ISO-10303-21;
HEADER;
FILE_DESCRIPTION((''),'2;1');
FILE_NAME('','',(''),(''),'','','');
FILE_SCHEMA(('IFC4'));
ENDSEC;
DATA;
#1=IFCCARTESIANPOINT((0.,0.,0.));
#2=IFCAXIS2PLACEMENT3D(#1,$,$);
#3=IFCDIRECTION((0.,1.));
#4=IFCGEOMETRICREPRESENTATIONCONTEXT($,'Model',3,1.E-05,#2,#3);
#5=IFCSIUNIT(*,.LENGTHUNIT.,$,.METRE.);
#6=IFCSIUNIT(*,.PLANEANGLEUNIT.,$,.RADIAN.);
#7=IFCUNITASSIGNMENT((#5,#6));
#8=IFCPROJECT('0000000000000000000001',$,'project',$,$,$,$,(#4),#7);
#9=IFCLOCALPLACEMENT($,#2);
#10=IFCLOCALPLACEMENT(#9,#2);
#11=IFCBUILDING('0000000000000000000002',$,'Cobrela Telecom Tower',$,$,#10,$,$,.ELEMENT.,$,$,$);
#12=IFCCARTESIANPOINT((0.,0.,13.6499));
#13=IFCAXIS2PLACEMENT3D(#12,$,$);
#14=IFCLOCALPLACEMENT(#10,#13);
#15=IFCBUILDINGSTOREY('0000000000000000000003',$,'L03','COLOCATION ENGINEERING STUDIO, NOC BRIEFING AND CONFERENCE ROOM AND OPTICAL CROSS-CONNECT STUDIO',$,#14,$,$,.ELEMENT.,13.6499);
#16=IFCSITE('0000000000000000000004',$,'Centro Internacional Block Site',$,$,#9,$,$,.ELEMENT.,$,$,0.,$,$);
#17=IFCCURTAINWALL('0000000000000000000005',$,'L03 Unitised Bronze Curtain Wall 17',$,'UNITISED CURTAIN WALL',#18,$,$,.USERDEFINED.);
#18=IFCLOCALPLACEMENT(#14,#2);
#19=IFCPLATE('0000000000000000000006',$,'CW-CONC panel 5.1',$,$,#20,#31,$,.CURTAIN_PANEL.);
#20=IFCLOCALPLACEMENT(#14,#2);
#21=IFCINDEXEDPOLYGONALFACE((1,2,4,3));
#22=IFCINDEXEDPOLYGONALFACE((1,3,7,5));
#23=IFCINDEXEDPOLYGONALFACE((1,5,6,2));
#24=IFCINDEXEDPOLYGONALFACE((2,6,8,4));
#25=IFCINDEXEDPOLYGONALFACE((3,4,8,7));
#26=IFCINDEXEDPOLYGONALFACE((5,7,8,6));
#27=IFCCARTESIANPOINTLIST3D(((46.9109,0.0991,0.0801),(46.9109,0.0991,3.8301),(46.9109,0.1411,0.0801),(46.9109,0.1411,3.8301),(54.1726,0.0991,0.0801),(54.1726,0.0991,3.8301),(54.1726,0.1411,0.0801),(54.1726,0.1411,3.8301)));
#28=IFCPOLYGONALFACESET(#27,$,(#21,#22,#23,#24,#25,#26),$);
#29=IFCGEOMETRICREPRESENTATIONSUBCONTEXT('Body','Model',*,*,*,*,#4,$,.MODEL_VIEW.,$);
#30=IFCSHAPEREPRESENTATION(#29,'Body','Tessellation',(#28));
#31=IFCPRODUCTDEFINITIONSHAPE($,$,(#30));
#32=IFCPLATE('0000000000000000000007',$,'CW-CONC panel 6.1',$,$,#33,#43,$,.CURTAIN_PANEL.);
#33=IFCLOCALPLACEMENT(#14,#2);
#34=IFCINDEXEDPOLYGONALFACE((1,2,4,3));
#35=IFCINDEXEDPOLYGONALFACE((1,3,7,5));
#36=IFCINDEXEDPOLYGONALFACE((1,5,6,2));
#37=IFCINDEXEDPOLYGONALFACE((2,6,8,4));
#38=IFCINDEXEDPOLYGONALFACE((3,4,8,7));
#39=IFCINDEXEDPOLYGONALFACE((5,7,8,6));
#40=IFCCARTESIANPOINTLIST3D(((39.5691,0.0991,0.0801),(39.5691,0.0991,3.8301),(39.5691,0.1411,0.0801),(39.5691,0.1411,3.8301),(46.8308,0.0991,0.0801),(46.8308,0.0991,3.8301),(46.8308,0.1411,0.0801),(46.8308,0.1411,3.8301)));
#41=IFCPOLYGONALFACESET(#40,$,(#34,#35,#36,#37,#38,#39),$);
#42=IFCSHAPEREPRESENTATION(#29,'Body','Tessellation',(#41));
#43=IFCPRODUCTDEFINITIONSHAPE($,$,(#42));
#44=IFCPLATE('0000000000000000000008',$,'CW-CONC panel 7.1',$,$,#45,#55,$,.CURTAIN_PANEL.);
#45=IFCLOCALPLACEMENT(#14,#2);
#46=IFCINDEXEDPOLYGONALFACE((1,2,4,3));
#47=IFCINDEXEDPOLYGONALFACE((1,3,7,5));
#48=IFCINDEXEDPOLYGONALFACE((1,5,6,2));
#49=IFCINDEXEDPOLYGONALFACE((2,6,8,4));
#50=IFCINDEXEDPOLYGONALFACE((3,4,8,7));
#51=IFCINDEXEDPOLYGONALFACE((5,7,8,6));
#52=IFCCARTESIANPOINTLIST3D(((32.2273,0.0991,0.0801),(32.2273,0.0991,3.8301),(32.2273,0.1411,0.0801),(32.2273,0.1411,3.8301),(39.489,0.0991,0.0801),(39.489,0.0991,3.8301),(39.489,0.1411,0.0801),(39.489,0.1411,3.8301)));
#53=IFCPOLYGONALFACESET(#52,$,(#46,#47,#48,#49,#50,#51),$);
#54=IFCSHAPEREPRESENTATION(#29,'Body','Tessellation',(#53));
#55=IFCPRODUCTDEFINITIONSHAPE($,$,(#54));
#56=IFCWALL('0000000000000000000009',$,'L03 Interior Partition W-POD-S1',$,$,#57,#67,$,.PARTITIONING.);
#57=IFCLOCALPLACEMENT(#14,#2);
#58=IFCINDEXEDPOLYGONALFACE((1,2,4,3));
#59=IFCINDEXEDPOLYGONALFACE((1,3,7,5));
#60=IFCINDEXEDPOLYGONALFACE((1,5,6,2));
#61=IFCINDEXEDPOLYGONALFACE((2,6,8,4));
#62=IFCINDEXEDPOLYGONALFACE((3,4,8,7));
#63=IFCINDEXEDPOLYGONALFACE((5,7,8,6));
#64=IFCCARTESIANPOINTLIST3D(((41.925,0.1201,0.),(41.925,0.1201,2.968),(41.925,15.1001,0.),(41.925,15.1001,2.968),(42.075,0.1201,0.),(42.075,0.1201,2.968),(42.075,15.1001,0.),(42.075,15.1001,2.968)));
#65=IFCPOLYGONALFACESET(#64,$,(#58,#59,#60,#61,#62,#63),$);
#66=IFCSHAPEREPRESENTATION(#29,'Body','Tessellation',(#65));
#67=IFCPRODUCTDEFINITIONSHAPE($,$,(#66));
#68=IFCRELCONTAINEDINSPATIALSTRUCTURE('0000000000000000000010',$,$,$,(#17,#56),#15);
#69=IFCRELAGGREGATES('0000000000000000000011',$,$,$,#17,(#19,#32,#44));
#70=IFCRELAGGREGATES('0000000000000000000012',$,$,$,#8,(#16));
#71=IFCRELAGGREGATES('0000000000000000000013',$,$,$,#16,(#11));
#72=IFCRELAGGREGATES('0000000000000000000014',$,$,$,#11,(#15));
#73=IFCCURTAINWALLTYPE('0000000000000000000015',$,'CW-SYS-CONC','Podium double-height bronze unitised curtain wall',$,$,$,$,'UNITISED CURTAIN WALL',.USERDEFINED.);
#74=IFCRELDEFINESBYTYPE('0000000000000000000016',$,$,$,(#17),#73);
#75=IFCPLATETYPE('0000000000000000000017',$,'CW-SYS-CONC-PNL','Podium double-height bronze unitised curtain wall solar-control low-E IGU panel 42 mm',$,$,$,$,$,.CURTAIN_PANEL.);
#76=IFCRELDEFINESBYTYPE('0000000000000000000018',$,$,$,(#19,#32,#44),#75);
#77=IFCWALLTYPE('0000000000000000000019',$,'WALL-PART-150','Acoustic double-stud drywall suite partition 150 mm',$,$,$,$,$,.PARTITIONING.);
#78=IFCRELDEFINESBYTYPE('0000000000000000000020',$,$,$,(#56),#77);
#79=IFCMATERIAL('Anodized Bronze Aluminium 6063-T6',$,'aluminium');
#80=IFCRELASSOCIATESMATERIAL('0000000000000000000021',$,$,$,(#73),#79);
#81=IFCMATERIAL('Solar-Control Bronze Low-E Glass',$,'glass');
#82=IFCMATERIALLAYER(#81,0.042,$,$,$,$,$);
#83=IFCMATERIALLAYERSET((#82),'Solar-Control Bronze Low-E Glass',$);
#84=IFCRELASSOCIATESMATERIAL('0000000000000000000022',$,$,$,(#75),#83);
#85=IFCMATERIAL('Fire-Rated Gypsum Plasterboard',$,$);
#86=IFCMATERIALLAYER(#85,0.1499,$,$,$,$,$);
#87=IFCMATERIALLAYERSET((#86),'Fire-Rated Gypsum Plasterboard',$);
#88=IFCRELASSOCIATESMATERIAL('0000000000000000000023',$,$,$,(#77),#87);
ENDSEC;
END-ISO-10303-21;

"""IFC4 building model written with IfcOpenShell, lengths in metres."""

from ifc_helpers import new_model, si_unit, direction, frame, frame_2d, origin, origin_2d, place, context, subcontext, project, spatial, rectangle, extrude, material, layer, layer_set, type_object, element, aggregate, save


model = new_model("IFC4")

# Units and contexts
model_context = context("Model", 3, precision=1e-05, world=origin(), true_north=direction((0.0, 1.0)))
body_context = subcontext(model_context, "Body", "Model", "MODEL_VIEW")
ifc_project = project(units=[si_unit("LENGTHUNIT", "METRE"), si_unit("PLANEANGLEUNIT", "RADIAN")], contexts=[model_context])

# Site, building, storey
site_placement = place(None, origin())
site = spatial("IfcSite", under=ifc_project, at=site_placement, Name="Centro Internacional Block Site", CompositionType="ELEMENT", RefElevation=0.0)
building_placement = place(site_placement, origin())
building = spatial("IfcBuilding", under=site, at=building_placement, Name="Cobrela Telecom Tower", CompositionType="ELEMENT")
storey_placement = place(building_placement, frame((0.0, 0.0, 13.6499)))
storey = spatial("IfcBuildingStorey", under=building, at=storey_placement, Name="L03", Description="COLOCATION ENGINEERING STUDIO, NOC BRIEFING AND CONFERENCE ROOM AND OPTICAL CROSS-CONNECT STUDIO", CompositionType="ELEMENT", Elevation=13.6499)

# Curtain wall, plates
ifc_material_1 = material(Name="Anodized Bronze Aluminium 6063-T6", Category="aluminium")
curtain_wall_type = type_object("IfcCurtainWallType", Name="CW-SYS-CONC", Description="Podium double-height bronze unitised curtain wall", ElementType="UNITISED CURTAIN WALL", PredefinedType="USERDEFINED", material=ifc_material_1)
curtain_wall_placement = place(storey_placement, origin())
curtain_wall = element("IfcCurtainWall", 1, at=curtain_wall_placement, inside=storey, type_object=curtain_wall_type, Name="L03 Unitised Bronze Curtain Wall 17", ObjectType="UNITISED CURTAIN WALL", PredefinedType="USERDEFINED")
ifc_material_2 = material(Name="Solar-Control Bronze Low-E Glass", Category="glass")
ifc_layer_1 = layer(ifc_material_2, 0.042)
ifc_layer_set_1 = layer_set([ifc_layer_1], Name="Solar-Control Bronze Low-E Glass")
plate_type = type_object("IfcPlateType", Name="CW-SYS-CONC-PNL", Description="Podium double-height bronze unitised curtain wall solar-control low-E IGU panel 42 mm", PredefinedType="CURTAIN_PANEL", material=ifc_layer_set_1)
plate_1_placement = place(storey_placement, frame((50.5417, 0.1201, 0.0801), z_axis=(0.0, 0.0, 1.0), x_axis=(-1.0, 0.0, 0.0)))
plate_1 = element("IfcPlate", 2, at=plate_1_placement, type_object=plate_type, Name="CW-CONC panel 5.1", PredefinedType="CURTAIN_PANEL", context=body_context, shape_type="SweptSolid", body=[
    extrude(rectangle(XDim=7.2617, YDim=0.042, at=origin_2d()), origin(), (0.0, 0.0, 1.0), 3.75),
])
plate_2_placement = place(storey_placement, frame((43.2, 0.1201, 0.0801), z_axis=(0.0, 0.0, 1.0), x_axis=(-1.0, 0.0, 0.0)))
plate_2 = element("IfcPlate", 3, at=plate_2_placement, type_object=plate_type, Name="CW-CONC panel 6.1", PredefinedType="CURTAIN_PANEL", context=body_context, shape_type="SweptSolid", body=[
    extrude(rectangle(XDim=7.2617, YDim=0.042, at=origin_2d()), origin(), (0.0, 0.0, 1.0), 3.75),
])
plate_3_placement = place(storey_placement, frame((35.8582, 0.1201, 0.0801), z_axis=(0.0, 0.0, 1.0), x_axis=(-1.0, 0.0, 0.0)))
plate_3 = element("IfcPlate", 4, at=plate_3_placement, type_object=plate_type, Name="CW-CONC panel 7.1", PredefinedType="CURTAIN_PANEL", context=body_context, shape_type="SweptSolid", body=[
    extrude(rectangle(XDim=7.2617, YDim=0.042, at=origin_2d()), origin(), (0.0, 0.0, 1.0), 3.75),
])
aggregate(curtain_wall, [plate_1, plate_2, plate_3])

# Wall
ifc_material_3 = material(Name="Fire-Rated Gypsum Plasterboard")
ifc_layer_2 = layer(ifc_material_3, 0.1499)
ifc_layer_set_2 = layer_set([ifc_layer_2], Name="Fire-Rated Gypsum Plasterboard")
wall_type = type_object("IfcWallType", Name="WALL-PART-150", Description="Acoustic double-stud drywall suite partition 150 mm", PredefinedType="PARTITIONING", material=ifc_layer_set_2)
wall_placement = place(storey_placement, frame((42.0, 0.1201, 0.0), z_axis=(0.0, 0.0, 1.0), x_axis=(0.0, 1.0, 0.0)))
element("IfcWall", 5, at=wall_placement, inside=storey, type_object=wall_type, Name="L03 Interior Partition W-POD-S1", PredefinedType="PARTITIONING", context=body_context, shape_type="SweptSolid", body=[
    extrude(rectangle(XDim=14.98, YDim=0.1499, at=frame_2d((7.49, 0.0))), origin(), (0.0, 0.0, 1.0), 2.968),
])

save(model, "model.ifc")
